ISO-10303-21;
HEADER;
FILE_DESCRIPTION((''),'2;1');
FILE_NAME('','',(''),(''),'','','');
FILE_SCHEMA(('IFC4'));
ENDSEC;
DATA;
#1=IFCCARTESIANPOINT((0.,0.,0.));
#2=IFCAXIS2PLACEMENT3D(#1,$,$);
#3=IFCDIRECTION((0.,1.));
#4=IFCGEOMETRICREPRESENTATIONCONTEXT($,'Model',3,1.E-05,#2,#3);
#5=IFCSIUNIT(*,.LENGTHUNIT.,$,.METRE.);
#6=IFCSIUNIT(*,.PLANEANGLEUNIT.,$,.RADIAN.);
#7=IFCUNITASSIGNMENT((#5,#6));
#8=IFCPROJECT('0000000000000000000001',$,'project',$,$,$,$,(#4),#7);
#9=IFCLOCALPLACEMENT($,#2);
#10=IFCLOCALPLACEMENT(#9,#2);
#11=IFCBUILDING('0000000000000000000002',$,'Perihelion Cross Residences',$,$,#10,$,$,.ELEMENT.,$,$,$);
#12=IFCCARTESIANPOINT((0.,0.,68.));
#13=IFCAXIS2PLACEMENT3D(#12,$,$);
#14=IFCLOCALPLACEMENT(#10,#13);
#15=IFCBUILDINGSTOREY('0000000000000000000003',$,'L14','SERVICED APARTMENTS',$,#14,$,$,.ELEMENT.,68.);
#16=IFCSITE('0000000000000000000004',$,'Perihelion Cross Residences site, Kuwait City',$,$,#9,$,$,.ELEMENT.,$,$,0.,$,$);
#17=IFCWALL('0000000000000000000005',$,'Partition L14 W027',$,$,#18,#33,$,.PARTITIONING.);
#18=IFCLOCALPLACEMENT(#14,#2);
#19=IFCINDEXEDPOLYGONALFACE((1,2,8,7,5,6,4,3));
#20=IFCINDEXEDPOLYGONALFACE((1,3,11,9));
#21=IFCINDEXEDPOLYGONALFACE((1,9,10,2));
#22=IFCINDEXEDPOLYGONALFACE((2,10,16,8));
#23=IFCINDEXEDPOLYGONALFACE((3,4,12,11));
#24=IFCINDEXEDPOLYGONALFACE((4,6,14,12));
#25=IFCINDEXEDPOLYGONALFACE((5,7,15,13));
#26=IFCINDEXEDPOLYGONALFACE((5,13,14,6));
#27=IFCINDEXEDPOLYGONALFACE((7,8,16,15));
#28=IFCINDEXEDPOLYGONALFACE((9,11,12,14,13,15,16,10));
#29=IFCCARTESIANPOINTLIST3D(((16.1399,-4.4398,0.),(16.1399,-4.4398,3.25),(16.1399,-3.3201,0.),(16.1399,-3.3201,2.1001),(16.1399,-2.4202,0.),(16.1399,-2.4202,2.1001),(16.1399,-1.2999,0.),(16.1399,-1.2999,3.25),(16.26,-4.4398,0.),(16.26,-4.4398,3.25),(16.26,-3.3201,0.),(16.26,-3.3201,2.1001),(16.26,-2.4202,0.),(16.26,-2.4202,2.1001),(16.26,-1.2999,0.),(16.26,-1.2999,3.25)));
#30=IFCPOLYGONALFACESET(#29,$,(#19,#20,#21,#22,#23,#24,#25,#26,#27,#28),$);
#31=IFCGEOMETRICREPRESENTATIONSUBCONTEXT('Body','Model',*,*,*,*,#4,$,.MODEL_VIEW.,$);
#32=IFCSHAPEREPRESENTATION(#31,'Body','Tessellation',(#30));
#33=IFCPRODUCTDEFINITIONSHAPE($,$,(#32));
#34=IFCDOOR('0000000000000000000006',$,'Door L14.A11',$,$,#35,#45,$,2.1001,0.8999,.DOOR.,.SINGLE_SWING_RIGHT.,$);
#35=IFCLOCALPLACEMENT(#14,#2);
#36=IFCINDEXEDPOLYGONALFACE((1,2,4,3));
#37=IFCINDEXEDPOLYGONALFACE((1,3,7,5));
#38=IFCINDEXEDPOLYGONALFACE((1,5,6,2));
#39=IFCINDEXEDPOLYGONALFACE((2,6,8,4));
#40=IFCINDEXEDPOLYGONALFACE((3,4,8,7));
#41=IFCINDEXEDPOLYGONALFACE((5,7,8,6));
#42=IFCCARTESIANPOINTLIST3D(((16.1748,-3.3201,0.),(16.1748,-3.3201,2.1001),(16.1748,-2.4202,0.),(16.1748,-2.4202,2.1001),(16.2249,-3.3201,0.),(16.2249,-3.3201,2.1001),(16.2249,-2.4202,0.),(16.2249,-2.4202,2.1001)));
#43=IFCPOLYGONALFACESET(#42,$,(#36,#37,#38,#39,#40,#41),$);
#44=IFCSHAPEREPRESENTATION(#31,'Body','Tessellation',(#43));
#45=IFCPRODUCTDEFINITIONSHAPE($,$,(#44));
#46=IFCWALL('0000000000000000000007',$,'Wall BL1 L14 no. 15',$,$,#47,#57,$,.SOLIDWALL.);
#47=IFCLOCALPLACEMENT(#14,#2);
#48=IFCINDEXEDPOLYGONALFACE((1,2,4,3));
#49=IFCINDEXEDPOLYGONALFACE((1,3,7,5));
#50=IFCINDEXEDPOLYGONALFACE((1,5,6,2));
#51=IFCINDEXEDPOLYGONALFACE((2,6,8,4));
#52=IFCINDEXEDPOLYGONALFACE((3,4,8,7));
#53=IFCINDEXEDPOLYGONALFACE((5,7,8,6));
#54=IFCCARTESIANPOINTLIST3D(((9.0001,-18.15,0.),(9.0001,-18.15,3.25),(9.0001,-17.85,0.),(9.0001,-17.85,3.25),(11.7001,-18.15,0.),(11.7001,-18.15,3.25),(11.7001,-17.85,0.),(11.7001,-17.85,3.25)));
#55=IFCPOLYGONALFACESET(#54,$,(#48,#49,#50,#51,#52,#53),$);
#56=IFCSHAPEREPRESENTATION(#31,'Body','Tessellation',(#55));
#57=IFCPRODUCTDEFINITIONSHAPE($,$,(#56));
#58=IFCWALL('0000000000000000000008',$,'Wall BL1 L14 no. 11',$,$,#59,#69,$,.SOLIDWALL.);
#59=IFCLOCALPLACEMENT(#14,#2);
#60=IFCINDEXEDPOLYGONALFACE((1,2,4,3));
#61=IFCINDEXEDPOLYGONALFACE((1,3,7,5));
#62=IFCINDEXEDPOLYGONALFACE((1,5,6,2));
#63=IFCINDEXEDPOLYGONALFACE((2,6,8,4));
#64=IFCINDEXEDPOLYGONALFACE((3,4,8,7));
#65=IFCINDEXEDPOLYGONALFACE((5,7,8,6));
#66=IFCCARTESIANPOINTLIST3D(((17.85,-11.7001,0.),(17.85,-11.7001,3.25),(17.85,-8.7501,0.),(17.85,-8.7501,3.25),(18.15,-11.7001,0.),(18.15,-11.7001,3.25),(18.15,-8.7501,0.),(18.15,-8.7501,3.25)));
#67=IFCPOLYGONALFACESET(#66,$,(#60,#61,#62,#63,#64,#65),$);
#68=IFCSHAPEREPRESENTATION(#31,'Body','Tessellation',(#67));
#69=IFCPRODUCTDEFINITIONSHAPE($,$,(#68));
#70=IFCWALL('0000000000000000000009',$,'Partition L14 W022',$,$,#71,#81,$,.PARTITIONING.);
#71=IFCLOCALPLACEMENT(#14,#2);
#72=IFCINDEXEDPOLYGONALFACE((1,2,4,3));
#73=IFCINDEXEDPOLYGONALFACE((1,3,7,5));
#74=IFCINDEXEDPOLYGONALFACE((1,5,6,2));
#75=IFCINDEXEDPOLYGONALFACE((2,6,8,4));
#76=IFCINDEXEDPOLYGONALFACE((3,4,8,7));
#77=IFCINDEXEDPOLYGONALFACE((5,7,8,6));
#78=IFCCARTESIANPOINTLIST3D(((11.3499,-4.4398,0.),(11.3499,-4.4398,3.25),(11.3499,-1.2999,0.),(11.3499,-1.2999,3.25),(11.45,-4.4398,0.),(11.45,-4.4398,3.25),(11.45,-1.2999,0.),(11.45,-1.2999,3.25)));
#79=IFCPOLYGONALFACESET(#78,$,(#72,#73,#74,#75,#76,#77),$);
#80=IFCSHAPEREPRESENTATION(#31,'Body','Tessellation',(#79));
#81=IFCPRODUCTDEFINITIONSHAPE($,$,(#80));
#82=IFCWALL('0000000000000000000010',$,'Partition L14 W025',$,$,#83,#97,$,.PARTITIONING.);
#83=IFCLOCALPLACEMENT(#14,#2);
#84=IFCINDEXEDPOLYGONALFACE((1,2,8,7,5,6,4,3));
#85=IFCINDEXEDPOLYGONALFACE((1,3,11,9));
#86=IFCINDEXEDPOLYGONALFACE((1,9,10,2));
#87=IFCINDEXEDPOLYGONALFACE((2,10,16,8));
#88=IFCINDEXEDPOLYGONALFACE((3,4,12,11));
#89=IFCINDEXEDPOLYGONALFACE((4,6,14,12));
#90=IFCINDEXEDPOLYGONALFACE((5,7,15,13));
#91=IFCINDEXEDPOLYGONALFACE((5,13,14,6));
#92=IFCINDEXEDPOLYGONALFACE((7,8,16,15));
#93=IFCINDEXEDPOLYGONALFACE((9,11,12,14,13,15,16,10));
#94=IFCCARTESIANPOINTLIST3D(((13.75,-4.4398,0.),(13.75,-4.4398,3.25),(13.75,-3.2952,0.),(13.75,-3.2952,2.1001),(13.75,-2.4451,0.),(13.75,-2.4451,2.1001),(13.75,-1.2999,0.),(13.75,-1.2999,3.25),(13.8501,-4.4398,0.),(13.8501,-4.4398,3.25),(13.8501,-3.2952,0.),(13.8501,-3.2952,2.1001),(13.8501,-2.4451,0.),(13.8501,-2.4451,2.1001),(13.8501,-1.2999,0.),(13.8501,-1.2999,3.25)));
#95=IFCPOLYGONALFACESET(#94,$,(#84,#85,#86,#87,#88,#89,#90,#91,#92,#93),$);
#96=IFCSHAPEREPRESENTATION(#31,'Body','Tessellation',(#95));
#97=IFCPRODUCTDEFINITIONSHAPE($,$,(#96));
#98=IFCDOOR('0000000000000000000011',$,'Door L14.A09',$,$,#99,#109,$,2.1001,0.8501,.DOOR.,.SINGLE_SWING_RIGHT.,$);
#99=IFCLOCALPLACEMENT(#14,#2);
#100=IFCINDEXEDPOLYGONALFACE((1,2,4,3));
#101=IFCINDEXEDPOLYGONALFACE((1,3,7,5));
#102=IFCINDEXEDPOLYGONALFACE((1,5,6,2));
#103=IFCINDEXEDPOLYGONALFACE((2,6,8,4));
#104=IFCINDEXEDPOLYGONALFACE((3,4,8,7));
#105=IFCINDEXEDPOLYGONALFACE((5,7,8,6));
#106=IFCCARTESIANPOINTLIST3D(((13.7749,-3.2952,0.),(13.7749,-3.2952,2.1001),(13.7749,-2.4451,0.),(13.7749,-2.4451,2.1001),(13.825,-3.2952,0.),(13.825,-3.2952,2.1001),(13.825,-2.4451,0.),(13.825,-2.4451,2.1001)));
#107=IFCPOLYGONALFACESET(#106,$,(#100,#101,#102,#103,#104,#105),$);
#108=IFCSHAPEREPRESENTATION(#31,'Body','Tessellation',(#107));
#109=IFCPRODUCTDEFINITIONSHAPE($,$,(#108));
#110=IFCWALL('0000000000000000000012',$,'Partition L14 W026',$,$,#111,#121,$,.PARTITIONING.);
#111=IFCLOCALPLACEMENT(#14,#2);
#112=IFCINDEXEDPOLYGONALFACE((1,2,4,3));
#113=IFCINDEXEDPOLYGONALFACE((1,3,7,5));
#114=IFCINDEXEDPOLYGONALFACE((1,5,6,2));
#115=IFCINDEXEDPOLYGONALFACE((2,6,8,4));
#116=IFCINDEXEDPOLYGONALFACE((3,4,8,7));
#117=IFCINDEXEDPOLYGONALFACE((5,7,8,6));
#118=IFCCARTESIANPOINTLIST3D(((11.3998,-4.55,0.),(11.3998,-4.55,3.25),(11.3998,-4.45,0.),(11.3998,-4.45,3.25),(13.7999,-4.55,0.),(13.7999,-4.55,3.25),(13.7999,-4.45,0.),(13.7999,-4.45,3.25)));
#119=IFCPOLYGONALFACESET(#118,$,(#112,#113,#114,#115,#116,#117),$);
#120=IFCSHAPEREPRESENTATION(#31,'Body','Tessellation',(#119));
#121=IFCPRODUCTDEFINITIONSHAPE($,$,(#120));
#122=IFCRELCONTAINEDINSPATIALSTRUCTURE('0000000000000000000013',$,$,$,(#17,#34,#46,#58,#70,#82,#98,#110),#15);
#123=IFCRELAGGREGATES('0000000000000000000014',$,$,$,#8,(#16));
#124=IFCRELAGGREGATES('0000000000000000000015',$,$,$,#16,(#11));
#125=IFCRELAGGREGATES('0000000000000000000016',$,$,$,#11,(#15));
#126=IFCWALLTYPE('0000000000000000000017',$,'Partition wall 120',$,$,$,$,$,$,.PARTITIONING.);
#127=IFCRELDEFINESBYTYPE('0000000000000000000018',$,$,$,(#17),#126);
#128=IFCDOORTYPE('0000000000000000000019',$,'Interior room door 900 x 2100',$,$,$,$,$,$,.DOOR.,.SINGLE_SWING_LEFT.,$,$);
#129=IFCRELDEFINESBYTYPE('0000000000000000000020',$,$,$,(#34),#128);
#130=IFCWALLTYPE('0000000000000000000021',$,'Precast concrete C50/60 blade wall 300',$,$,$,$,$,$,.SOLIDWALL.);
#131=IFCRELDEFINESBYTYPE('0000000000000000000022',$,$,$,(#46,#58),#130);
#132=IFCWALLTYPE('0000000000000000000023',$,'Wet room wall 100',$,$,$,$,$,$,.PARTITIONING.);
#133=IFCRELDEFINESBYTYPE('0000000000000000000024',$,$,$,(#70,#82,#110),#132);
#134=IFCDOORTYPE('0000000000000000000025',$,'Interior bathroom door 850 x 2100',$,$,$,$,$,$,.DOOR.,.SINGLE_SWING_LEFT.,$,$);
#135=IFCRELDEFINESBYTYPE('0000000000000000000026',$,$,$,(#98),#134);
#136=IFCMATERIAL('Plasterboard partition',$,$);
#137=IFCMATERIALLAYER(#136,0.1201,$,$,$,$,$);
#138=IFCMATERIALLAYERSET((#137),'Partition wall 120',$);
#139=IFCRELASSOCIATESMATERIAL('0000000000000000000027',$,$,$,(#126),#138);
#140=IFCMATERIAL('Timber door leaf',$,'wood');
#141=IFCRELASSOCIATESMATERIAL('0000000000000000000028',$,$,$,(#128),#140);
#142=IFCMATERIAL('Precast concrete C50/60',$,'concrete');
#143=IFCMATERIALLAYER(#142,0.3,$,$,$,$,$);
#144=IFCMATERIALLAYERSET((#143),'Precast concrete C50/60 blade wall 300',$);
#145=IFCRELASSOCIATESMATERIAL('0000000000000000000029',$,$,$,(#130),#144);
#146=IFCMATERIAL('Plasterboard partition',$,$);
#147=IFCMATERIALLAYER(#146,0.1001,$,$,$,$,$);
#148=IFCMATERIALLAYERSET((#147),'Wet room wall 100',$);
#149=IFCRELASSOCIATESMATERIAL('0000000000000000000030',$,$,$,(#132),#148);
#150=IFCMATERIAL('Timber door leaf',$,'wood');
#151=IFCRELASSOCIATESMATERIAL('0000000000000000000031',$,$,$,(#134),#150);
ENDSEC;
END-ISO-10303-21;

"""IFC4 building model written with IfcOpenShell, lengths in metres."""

from ifc_helpers import new_model, si_unit, direction, frame, frame_2d, origin, place, context, subcontext, project, spatial, rectangle, extrude, material, layer, layer_set, type_object, element, fill, save


model = new_model("IFC4")

# Units and contexts
model_context = context("Model", 3, precision=1e-05, world=origin(), true_north=direction((0.0, 1.0)))
body_context = subcontext(model_context, "Body", "Model", "MODEL_VIEW")
ifc_project = project(units=[si_unit("LENGTHUNIT", "METRE"), si_unit("PLANEANGLEUNIT", "RADIAN")], contexts=[model_context])

# Site, building, storey
site_placement = place(None, origin())
site = spatial("IfcSite", under=ifc_project, at=site_placement, Name="Perihelion Cross Residences site, Kuwait City", CompositionType="ELEMENT", RefElevation=0.0)
building_placement = place(site_placement, origin())
building = spatial("IfcBuilding", under=site, at=building_placement, Name="Perihelion Cross Residences", CompositionType="ELEMENT")
storey_placement = place(building_placement, frame((0.0, 0.0, 68.0)))
storey = spatial("IfcBuildingStorey", under=building, at=storey_placement, Name="L14", Description="SERVICED APARTMENTS", CompositionType="ELEMENT", Elevation=68.0)

# Wall, opening, door
ifc_material_1 = material(Name="Plasterboard partition")
ifc_layer_1 = layer(ifc_material_1, 0.1201)
ifc_layer_set_1 = layer_set([ifc_layer_1], Name="Partition wall 120")
wall_type_1 = type_object("IfcWallType", Name="Partition wall 120", PredefinedType="PARTITIONING", material=ifc_layer_set_1)
ifc_material_2 = material(Name="Timber door leaf", Category="wood")
door_type_1 = type_object("IfcDoorType", Name="Interior room door 900 x 2100", OperationType="SINGLE_SWING_LEFT", PredefinedType="DOOR", material=ifc_material_2)
wall_1_placement = place(storey_placement, frame((16.2, -1.3, 0.0), z_axis=(0.0, 0.0, 1.0), x_axis=(0.0, -1.0, 0.0)))
wall_1 = element("IfcWall", 1, at=wall_1_placement, inside=storey, type_object=wall_type_1, Name="Partition L14 W027", PredefinedType="PARTITIONING", context=body_context, shape_type="SweptSolid", body=[
    extrude(rectangle(XDim=3.1399, YDim=0.1201, at=frame_2d((1.5698, 0.0))), origin(), (0.0, 0.0, 1.0), 3.25),
])
opening_1_placement = place(wall_1_placement, frame((1.1201, 0.0, 0.0)))
opening_1 = element("IfcOpeningElement", 2, at=opening_1_placement, cuts=wall_1, PredefinedType="OPENING", context=body_context, shape_type="SweptSolid", body=[
    extrude(rectangle(XDim=0.8999, YDim=2.1001, at=frame_2d((0.45, 1.05))), frame((0.0, 0.0701, 0.0), z_axis=(0.0, -1.0, 0.0), x_axis=(1.0, 0.0, 0.0)), (0.0, 0.0, 1.0), 0.1401),
])
door_1_placement = place(opening_1_placement, origin())
door_1 = element("IfcDoor", 3, at=door_1_placement, inside=storey, type_object=door_type_1, Name="Door L14.A11", OperationType="SINGLE_SWING_RIGHT", OverallHeight=2.1001, OverallWidth=0.8999, PredefinedType="DOOR", context=body_context, shape_type="SweptSolid", body=[
    extrude(rectangle(XDim=0.8999, YDim=2.1001, at=frame_2d((0.45, 1.05))), frame((0.0, 0.0249, 0.0), z_axis=(0.0, -1.0, 0.0), x_axis=(1.0, 0.0, 0.0)), (0.0, 0.0, 1.0), 0.05),
])
fill(opening_1, door_1)

# Walls
ifc_material_3 = material(Name="Precast concrete C50/60", Category="concrete")
ifc_layer_2 = layer(ifc_material_3, 0.3)
ifc_layer_set_2 = layer_set([ifc_layer_2], Name="Precast concrete C50/60 blade wall 300")
wall_type_2 = type_object("IfcWallType", Name="Precast concrete C50/60 blade wall 300", PredefinedType="SOLIDWALL", material=ifc_layer_set_2)
wall_2_placement = place(storey_placement, frame((9.0, -18.0, 0.0), z_axis=(0.0, 0.0, 1.0), x_axis=(1.0, 0.0, 0.0)))
element("IfcWall", 4, at=wall_2_placement, inside=storey, type_object=wall_type_2, Name="Wall BL1 L14 no. 15", PredefinedType="SOLIDWALL", context=body_context, shape_type="SweptSolid", body=[
    extrude(rectangle(XDim=2.7, YDim=0.3, at=frame_2d((1.3501, 0.0))), origin(), (0.0, 0.0, 1.0), 3.25),
])
wall_3_placement = place(storey_placement, frame((18.0, -8.75, 0.0), z_axis=(0.0, 0.0, 1.0), x_axis=(0.0, -1.0, 0.0)))
element("IfcWall", 5, at=wall_3_placement, inside=storey, type_object=wall_type_2, Name="Wall BL1 L14 no. 11", PredefinedType="SOLIDWALL", context=body_context, shape_type="SweptSolid", body=[
    extrude(rectangle(XDim=2.95, YDim=0.3, at=frame_2d((1.4751, 0.0))), origin(), (0.0, 0.0, 1.0), 3.25),
])
ifc_material_4 = material(Name="Plasterboard partition")
ifc_layer_3 = layer(ifc_material_4, 0.1001)
ifc_layer_set_3 = layer_set([ifc_layer_3], Name="Wet room wall 100")
wall_type_3 = type_object("IfcWallType", Name="Wet room wall 100", PredefinedType="PARTITIONING", material=ifc_layer_set_3)
wall_4_placement = place(storey_placement, frame((11.3999, -1.3, 0.0), z_axis=(0.0, 0.0, 1.0), x_axis=(0.0, -1.0, 0.0)))
element("IfcWall", 6, at=wall_4_placement, inside=storey, type_object=wall_type_3, Name="Partition L14 W022", PredefinedType="PARTITIONING", context=body_context, shape_type="SweptSolid", body=[
    extrude(rectangle(XDim=3.1399, YDim=0.1001, at=frame_2d((1.5698, 0.0))), origin(), (0.0, 0.0, 1.0), 3.25),
])

# Wall, opening, door
wall_5_placement = place(storey_placement, frame((13.8, -1.3, 0.0), z_axis=(0.0, 0.0, 1.0), x_axis=(0.0, -1.0, 0.0)))
wall_5 = element("IfcWall", 7, at=wall_5_placement, inside=storey, type_object=wall_type_3, Name="Partition L14 W025", PredefinedType="PARTITIONING", context=body_context, shape_type="SweptSolid", body=[
    extrude(rectangle(XDim=3.1399, YDim=0.1001, at=frame_2d((1.5698, 0.0))), origin(), (0.0, 0.0, 1.0), 3.25),
])
opening_2_placement = place(wall_5_placement, frame((1.145, 0.0, 0.0)))
opening_2 = element("IfcOpeningElement", 8, at=opening_2_placement, cuts=wall_5, PredefinedType="OPENING", context=body_context, shape_type="SweptSolid", body=[
    extrude(rectangle(XDim=0.8501, YDim=2.1001, at=frame_2d((0.425, 1.05))), frame((0.0, 0.0601, 0.0), z_axis=(0.0, -1.0, 0.0), x_axis=(1.0, 0.0, 0.0)), (0.0, 0.0, 1.0), 0.1201),
])
ifc_material_5 = material(Name="Timber door leaf", Category="wood")
door_type_2 = type_object("IfcDoorType", Name="Interior bathroom door 850 x 2100", OperationType="SINGLE_SWING_LEFT", PredefinedType="DOOR", material=ifc_material_5)
door_2_placement = place(opening_2_placement, origin())
door_2 = element("IfcDoor", 9, at=door_2_placement, inside=storey, type_object=door_type_2, Name="Door L14.A09", OperationType="SINGLE_SWING_RIGHT", OverallHeight=2.1001, OverallWidth=0.8501, PredefinedType="DOOR", context=body_context, shape_type="SweptSolid", body=[
    extrude(rectangle(XDim=0.8501, YDim=2.1001, at=frame_2d((0.425, 1.05))), frame((0.0, 0.0249, 0.0), z_axis=(0.0, -1.0, 0.0), x_axis=(1.0, 0.0, 0.0)), (0.0, 0.0, 1.0), 0.05),
])
fill(opening_2, door_2)

# Wall
wall_6_placement = place(storey_placement, frame((13.8, -4.5, 0.0), z_axis=(0.0, 0.0, 1.0), x_axis=(-1.0, 0.0, 0.0)))
element("IfcWall", 10, at=wall_6_placement, inside=storey, type_object=wall_type_3, Name="Partition L14 W026", PredefinedType="PARTITIONING", context=body_context, shape_type="SweptSolid", body=[
    extrude(rectangle(XDim=2.4001, YDim=0.1001, at=frame_2d((1.2002, 0.0))), origin(), (0.0, 0.0, 1.0), 3.25),
])

save(model, "model.ifc")
